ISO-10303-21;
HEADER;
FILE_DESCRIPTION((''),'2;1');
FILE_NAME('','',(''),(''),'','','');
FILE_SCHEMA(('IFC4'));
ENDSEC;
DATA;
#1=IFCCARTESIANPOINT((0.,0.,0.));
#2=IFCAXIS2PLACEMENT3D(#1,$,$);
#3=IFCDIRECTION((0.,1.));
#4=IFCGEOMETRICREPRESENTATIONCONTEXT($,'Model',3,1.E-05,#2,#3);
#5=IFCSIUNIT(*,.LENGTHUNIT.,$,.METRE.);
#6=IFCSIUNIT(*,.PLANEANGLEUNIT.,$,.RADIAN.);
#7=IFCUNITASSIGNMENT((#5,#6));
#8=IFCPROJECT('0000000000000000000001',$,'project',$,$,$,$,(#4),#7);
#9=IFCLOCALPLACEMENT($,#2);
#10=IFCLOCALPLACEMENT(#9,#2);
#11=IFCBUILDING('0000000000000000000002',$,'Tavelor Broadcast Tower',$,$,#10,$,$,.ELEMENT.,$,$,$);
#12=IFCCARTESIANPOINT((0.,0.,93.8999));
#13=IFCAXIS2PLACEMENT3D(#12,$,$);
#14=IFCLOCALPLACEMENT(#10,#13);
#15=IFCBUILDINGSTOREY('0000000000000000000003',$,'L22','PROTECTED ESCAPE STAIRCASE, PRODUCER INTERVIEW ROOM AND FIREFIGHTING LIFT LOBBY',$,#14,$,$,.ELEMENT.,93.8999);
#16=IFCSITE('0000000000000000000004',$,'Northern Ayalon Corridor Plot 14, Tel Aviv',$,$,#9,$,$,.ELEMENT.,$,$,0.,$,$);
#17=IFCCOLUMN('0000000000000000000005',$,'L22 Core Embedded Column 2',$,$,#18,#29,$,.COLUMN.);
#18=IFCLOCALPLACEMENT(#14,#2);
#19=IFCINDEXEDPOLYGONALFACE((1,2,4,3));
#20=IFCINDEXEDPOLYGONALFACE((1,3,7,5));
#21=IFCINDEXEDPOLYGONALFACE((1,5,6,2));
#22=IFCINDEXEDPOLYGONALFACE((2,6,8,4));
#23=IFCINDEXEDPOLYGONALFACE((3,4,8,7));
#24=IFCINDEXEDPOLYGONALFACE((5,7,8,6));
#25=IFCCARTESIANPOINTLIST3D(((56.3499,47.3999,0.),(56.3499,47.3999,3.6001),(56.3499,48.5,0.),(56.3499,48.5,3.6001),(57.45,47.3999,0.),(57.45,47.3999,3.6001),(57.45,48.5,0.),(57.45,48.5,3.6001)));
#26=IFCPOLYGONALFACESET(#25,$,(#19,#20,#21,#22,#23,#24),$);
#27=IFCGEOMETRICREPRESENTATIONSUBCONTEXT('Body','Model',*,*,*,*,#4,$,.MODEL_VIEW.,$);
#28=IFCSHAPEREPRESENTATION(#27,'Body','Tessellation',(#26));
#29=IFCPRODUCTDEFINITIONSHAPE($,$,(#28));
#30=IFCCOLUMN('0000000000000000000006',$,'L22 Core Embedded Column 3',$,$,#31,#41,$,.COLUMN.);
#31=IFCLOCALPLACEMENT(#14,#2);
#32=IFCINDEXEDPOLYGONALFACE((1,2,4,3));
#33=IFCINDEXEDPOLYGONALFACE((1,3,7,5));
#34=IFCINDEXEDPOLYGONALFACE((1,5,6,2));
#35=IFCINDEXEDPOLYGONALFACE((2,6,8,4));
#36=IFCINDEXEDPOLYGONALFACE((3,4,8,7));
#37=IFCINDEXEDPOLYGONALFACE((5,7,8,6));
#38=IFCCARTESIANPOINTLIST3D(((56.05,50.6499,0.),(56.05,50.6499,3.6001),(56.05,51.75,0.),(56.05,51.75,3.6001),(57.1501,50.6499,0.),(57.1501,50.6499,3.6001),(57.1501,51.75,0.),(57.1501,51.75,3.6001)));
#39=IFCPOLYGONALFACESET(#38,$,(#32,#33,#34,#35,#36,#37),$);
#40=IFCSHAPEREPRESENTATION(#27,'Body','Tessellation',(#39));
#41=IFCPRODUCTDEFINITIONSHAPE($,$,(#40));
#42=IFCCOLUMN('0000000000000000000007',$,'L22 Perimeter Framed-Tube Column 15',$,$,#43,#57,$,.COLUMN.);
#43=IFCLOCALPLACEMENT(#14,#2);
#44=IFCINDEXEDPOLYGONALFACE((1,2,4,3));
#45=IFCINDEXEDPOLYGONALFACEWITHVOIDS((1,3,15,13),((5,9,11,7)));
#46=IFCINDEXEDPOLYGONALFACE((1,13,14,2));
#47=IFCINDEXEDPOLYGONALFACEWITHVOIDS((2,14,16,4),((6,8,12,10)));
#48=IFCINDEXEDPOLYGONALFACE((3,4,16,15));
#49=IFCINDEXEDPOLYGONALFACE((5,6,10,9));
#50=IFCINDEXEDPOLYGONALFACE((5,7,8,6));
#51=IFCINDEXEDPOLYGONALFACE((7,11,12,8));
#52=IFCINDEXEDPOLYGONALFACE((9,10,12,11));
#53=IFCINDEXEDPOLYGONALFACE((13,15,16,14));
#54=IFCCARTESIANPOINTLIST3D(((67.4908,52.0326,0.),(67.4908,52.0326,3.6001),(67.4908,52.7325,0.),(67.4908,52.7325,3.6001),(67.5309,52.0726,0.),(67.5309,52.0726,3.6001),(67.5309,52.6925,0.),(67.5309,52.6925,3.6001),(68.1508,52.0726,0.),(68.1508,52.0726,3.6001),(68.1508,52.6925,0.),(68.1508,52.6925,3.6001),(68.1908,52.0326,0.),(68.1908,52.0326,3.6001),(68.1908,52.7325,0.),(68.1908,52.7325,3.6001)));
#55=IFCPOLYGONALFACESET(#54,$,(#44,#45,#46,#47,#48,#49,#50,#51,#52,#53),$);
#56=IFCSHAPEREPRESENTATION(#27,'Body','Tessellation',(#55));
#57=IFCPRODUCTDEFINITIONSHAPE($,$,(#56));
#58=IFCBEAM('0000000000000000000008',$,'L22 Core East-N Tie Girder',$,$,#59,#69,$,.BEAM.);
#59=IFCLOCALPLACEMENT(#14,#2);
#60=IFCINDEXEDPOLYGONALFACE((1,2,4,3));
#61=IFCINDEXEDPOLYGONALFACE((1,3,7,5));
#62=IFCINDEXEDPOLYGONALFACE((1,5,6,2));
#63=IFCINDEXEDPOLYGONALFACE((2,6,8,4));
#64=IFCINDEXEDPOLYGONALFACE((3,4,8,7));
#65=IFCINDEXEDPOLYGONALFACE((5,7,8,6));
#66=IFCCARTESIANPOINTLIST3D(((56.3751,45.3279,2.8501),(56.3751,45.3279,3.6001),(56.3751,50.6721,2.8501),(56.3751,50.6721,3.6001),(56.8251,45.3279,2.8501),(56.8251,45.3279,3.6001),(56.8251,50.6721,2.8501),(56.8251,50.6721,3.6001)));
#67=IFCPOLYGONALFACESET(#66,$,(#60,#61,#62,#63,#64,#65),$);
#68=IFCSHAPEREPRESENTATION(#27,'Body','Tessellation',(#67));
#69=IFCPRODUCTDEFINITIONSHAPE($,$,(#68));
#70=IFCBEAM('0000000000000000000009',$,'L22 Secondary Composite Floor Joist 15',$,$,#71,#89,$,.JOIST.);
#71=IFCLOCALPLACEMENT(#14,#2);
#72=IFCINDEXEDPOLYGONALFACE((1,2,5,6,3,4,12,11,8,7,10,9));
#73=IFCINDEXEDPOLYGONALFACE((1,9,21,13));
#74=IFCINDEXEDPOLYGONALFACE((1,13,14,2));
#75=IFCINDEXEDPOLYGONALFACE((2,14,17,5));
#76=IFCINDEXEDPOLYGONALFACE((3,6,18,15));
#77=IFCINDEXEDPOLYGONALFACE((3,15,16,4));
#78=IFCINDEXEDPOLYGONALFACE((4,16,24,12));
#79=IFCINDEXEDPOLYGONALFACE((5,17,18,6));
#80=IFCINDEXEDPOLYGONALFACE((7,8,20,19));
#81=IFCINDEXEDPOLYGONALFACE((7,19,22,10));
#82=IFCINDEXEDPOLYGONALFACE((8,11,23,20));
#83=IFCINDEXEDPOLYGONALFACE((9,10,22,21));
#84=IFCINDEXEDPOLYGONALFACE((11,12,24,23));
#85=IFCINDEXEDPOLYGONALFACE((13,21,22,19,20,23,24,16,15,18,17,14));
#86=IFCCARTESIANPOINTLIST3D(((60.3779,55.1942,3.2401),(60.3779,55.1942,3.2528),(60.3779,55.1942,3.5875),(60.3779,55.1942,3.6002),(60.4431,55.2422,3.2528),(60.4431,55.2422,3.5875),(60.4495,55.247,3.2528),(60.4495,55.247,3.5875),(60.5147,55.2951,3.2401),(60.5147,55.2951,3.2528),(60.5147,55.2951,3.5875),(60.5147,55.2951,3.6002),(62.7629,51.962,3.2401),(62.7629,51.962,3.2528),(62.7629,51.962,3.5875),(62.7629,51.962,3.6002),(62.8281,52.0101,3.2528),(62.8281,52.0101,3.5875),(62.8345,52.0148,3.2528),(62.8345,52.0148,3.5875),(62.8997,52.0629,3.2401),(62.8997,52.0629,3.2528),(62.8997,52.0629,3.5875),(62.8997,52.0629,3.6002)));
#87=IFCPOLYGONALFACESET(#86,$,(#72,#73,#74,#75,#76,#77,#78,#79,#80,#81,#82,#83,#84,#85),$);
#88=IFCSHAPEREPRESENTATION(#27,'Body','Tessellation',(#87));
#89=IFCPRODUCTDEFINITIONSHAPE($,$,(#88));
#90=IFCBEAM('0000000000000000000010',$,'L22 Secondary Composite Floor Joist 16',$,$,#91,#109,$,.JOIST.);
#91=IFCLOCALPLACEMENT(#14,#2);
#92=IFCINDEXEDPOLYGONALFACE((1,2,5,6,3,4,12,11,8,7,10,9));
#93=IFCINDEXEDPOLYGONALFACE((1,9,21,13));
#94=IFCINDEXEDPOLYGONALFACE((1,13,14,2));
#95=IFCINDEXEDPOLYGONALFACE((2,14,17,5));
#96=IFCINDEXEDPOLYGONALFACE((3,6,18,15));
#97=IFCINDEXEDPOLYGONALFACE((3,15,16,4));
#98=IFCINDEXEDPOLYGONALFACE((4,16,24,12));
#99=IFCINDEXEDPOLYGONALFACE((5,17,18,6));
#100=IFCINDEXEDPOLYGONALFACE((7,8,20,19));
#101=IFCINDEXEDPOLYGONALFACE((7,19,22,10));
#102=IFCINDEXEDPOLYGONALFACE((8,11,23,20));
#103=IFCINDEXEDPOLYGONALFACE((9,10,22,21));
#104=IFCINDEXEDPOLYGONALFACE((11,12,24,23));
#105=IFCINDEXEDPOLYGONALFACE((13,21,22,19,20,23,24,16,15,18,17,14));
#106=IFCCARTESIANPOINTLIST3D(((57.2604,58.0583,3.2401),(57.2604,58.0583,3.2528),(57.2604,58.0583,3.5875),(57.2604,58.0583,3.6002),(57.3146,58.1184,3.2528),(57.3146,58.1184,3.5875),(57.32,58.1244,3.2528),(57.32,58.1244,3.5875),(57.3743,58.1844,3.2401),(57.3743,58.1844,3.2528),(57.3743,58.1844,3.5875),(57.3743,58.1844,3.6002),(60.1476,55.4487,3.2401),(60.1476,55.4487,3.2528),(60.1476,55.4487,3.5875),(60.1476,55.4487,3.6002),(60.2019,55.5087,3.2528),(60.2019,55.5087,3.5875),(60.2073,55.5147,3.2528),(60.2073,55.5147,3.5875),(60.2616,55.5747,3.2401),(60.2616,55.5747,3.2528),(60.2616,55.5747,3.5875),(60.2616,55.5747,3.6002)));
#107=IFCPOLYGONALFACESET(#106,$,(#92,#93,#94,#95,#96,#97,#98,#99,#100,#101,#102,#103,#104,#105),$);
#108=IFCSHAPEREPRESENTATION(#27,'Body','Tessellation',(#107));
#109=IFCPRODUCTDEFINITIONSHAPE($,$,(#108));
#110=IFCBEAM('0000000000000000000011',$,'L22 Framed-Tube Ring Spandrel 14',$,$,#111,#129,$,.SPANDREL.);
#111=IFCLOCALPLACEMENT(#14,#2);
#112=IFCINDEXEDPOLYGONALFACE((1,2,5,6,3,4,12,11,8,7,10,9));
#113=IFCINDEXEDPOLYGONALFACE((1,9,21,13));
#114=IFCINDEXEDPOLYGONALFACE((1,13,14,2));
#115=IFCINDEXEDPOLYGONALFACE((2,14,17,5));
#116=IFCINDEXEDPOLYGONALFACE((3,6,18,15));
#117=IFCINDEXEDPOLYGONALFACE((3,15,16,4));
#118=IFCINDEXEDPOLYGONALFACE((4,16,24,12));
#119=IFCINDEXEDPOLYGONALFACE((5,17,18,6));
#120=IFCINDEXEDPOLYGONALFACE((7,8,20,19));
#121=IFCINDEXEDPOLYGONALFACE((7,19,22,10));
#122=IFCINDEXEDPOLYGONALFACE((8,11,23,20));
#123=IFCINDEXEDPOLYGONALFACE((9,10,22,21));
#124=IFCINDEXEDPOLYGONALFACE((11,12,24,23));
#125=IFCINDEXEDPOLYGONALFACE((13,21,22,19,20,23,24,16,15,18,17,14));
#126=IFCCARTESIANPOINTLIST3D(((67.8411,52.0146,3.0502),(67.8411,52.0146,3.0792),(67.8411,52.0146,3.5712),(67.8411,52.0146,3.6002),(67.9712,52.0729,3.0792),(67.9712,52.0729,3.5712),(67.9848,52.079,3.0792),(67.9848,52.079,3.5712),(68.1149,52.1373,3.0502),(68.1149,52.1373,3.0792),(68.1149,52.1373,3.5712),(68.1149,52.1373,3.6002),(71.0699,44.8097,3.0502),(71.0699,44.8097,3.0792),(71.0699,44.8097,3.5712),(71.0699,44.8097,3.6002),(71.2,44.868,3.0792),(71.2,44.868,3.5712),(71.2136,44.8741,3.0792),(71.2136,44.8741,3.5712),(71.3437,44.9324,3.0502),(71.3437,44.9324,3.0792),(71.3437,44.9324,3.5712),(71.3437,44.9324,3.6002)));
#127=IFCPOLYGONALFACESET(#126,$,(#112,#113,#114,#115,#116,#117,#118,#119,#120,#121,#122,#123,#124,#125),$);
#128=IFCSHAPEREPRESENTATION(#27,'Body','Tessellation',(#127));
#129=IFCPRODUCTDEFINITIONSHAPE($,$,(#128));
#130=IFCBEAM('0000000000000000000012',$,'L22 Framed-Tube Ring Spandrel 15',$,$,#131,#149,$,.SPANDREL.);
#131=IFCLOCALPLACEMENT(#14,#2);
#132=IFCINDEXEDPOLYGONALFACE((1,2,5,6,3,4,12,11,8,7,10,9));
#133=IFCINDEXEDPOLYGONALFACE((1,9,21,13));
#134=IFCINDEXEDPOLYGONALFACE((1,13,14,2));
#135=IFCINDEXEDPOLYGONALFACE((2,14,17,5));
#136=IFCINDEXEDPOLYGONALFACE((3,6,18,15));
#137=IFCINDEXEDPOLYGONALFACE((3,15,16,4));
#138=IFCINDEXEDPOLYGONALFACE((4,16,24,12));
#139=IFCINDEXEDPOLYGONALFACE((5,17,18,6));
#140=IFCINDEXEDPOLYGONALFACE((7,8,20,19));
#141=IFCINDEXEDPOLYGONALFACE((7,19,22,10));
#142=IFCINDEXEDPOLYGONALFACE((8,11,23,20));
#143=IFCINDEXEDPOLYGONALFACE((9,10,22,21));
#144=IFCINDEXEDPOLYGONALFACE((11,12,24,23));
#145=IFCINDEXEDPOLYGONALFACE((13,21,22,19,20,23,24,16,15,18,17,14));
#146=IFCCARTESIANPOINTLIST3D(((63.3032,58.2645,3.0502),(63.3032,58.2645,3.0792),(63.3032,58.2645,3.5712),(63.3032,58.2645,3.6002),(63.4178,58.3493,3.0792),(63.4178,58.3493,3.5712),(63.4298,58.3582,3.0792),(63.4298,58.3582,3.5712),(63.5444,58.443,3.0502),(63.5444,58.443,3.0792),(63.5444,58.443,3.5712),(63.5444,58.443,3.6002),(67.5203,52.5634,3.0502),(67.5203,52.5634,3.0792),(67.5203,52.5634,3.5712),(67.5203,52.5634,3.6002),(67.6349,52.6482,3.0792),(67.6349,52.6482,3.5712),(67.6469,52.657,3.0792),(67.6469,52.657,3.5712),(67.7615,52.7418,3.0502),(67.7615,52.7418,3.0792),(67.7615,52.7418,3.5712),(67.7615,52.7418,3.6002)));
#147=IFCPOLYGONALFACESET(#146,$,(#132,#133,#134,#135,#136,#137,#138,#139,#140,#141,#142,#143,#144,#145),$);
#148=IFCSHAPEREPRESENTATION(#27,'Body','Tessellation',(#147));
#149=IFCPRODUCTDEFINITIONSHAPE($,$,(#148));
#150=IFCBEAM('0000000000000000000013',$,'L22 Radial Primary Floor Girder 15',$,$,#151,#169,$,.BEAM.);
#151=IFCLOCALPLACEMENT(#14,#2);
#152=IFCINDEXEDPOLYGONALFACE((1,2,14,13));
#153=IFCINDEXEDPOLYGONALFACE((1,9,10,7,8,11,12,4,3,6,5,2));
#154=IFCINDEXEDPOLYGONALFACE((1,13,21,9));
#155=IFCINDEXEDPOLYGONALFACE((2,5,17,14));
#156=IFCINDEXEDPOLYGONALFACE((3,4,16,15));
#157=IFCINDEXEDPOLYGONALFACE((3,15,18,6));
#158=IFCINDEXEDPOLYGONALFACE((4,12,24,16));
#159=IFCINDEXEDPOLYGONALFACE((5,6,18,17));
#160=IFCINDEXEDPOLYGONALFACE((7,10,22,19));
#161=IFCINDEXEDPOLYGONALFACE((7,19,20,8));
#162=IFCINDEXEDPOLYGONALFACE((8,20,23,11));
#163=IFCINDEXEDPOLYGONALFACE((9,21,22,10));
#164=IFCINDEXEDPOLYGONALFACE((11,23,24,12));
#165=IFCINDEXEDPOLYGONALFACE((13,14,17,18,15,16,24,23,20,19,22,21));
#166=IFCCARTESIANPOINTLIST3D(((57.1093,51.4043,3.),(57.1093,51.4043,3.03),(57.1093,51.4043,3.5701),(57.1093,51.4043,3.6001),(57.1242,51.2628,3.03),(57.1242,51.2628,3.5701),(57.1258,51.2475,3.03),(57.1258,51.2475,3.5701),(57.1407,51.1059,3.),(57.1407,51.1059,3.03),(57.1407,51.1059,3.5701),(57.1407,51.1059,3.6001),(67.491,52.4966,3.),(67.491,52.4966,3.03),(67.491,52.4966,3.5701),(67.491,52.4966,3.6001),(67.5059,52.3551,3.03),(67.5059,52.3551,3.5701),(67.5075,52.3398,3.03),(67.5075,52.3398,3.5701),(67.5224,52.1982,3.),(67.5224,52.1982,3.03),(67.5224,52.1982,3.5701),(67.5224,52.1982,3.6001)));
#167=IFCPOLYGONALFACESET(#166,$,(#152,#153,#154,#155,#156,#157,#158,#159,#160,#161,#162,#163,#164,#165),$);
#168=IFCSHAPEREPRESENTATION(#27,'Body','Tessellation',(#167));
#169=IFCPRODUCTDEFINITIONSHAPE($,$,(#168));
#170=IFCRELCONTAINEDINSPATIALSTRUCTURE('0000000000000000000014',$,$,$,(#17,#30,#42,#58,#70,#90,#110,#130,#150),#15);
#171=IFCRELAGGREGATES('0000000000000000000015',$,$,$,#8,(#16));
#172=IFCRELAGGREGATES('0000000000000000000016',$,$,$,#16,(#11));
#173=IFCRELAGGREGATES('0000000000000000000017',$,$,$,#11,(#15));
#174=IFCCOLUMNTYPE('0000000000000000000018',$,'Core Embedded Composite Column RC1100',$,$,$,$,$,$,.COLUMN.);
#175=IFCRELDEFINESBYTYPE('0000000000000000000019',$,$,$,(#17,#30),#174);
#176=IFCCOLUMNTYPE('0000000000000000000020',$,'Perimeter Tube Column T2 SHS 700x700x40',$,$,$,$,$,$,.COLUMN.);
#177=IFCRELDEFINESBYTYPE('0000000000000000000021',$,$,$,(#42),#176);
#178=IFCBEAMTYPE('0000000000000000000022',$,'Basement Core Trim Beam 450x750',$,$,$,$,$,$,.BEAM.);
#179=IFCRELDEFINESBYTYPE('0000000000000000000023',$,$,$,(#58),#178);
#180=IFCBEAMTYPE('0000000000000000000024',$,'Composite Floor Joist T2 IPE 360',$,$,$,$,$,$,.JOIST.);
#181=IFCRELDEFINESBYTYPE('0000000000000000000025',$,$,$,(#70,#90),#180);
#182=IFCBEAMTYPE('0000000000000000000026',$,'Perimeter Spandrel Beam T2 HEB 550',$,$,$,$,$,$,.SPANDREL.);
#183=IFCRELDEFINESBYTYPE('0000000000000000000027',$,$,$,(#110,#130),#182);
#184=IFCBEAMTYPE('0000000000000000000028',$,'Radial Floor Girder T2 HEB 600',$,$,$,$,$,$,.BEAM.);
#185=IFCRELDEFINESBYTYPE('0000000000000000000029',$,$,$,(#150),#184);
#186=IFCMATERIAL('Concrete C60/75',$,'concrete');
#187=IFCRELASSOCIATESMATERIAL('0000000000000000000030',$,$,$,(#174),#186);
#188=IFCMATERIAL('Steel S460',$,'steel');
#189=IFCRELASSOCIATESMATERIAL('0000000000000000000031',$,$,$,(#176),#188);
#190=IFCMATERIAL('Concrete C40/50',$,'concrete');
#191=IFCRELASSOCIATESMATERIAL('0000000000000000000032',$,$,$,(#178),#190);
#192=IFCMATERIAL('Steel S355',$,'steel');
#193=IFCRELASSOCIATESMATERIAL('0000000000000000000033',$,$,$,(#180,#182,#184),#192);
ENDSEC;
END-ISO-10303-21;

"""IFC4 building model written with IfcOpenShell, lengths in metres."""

from ifc_helpers import new_model, si_unit, direction, frame, origin, origin_2d, place, context, subcontext, project, spatial, rectangle, hollow_rectangle, i_section, extrude, material, material_profile, profile_set, type_object, element, save


model = new_model("IFC4")

# Units and contexts
model_context = context("Model", 3, precision=1e-05, world=origin(), true_north=direction((0.0, 1.0)))
body_context = subcontext(model_context, "Body", "Model", "MODEL_VIEW")
ifc_project = project(units=[si_unit("LENGTHUNIT", "METRE"), si_unit("PLANEANGLEUNIT", "RADIAN")], contexts=[model_context])

# Site, building, storey
site_placement = place(None, origin())
site = spatial("IfcSite", under=ifc_project, at=site_placement, Name="Northern Ayalon Corridor Plot 14, Tel Aviv", CompositionType="ELEMENT", RefElevation=0.0)
building_placement = place(site_placement, origin())
building = spatial("IfcBuilding", under=site, at=building_placement, Name="Tavelor Broadcast Tower", CompositionType="ELEMENT")
storey_placement = place(building_placement, frame((0.0, 0.0, 93.8999)))
storey = spatial("IfcBuildingStorey", under=building, at=storey_placement, Name="L22", Description="PROTECTED ESCAPE STAIRCASE, PRODUCER INTERVIEW ROOM AND FIREFIGHTING LIFT LOBBY", CompositionType="ELEMENT", Elevation=93.8999)

# Columns
ifc_material_1 = material(Name="Concrete C60/75", Category="concrete")
ifc_material_profile_1 = material_profile(ifc_material_1, rectangle(XDim=1.1001, YDim=1.1001, at=origin_2d()), Name="RC 1100x1100")
ifc_profile_set_1 = profile_set([ifc_material_profile_1], Name="Concrete C60/75")
column_type_1 = type_object("IfcColumnType", Name="Core Embedded Composite Column RC1100", PredefinedType="COLUMN", material=ifc_profile_set_1)
for number, where, z_axis, x_axis, name in (
    (1, (56.8999, 47.95, 0.0), (0.0, 0.0, 1.0), (1.0, 0.0, 0.0), "L22 Core Embedded Column 2"),
    (2, (56.6001, 51.2, 0.0), (0.0, 0.0, 1.0), (1.0, 0.0, 0.0), "L22 Core Embedded Column 3"),
):
    element("IfcColumn", number, at=place(storey_placement, frame(where, z_axis=z_axis, x_axis=x_axis)), inside=storey, type_object=column_type_1, Name=name, PredefinedType="COLUMN", context=body_context, shape_type="SweptSolid", body=[
        extrude(rectangle(XDim=1.1001, YDim=1.1001, at=origin_2d()), origin(), (0.0, 0.0, 1.0), 3.6001),
    ])
ifc_material_2 = material(Name="Steel S460", Category="steel")
ifc_material_profile_2 = material_profile(ifc_material_2, hollow_rectangle(XDim=0.7, YDim=0.7, WallThickness=0.04, at=origin_2d()), Name="SHS 700x700x40")
ifc_profile_set_2 = profile_set([ifc_material_profile_2], Name="Steel S460")
column_type_2 = type_object("IfcColumnType", Name="Perimeter Tube Column T2 SHS 700x700x40", PredefinedType="COLUMN", material=ifc_profile_set_2)
column_placement = place(storey_placement, frame((67.8408, 52.3826, 0.0), z_axis=(0.0, 0.0, 1.0), x_axis=(1.0, 0.0, 0.0)))
element("IfcColumn", 3, at=column_placement, inside=storey, type_object=column_type_2, Name="L22 Perimeter Framed-Tube Column 15", PredefinedType="COLUMN", context=body_context, shape_type="SweptSolid", body=[
    extrude(hollow_rectangle(XDim=0.7, YDim=0.7, WallThickness=0.04, at=origin_2d()), origin(), (0.0, 0.0, 1.0), 3.6001),
])

# Beams
ifc_material_3 = material(Name="Concrete C40/50", Category="concrete")
ifc_material_profile_3 = material_profile(ifc_material_3, rectangle(XDim=0.45, YDim=0.75, at=origin_2d()), Name="RC 450x750")
ifc_profile_set_3 = profile_set([ifc_material_profile_3], Name="Concrete C40/50")
beam_type_1 = type_object("IfcBeamType", Name="Basement Core Trim Beam 450x750", PredefinedType="BEAM", material=ifc_profile_set_3)
beam_1_placement = place(storey_placement, frame((56.6001, 45.3279, 3.2251), z_axis=(0.0, 1.0, 0.0), x_axis=(-1.0, 0.0, 0.0)))
element("IfcBeam", 4, at=beam_1_placement, inside=storey, type_object=beam_type_1, Name="L22 Core East-N Tie Girder", PredefinedType="BEAM", context=body_context, shape_type="SweptSolid", body=[
    extrude(rectangle(XDim=0.45, YDim=0.75, at=origin_2d()), origin(), (0.0, 0.0, 1.0), 5.3442),
])
ifc_material_4 = material(Name="Steel S355", Category="steel")
ifc_material_profile_4 = material_profile(ifc_material_4, i_section(OverallWidth=0.1699, OverallDepth=0.3601, WebThickness=0.0081, FlangeThickness=0.0127, at=origin_2d()), Name="IPE 360")
ifc_profile_set_4 = profile_set([ifc_material_profile_4], Name="Steel S355")
beam_type_2 = type_object("IfcBeamType", Name="Composite Floor Joist T2 IPE 360", PredefinedType="JOIST", material=ifc_profile_set_4)
beam_2_placement = place(storey_placement, frame((62.8313, 52.0125, 3.4202), z_axis=(-0.593748, 0.804651, 0.0), x_axis=(-0.804651, -0.593748, 0.0)))
element("IfcBeam", 5, at=beam_2_placement, inside=storey, type_object=beam_type_2, Name="L22 Secondary Composite Floor Joist 15", PredefinedType="JOIST", context=body_context, shape_type="SweptSolid", body=[
    extrude(i_section(OverallWidth=0.1699, OverallDepth=0.3601, WebThickness=0.0081, FlangeThickness=0.0127, at=origin_2d()), origin(), (0.0, 0.0, 1.0), 4.0168),
])
beam_3_placement = place(storey_placement, frame((60.2046, 55.5117, 3.4202), z_axis=(-0.74187, 0.670544, 0.0), x_axis=(-0.670544, -0.74187, 0.0)))
element("IfcBeam", 6, at=beam_3_placement, inside=storey, type_object=beam_type_2, Name="L22 Secondary Composite Floor Joist 16", PredefinedType="JOIST", context=body_context, shape_type="SweptSolid", body=[
    extrude(i_section(OverallWidth=0.1699, OverallDepth=0.3601, WebThickness=0.0081, FlangeThickness=0.0127, at=origin_2d()), origin(), (0.0, 0.0, 1.0), 3.8918),
])
ifc_material_profile_5 = material_profile(ifc_material_4, i_section(OverallWidth=0.3, OverallDepth=0.55, WebThickness=0.0149, FlangeThickness=0.0291, at=origin_2d()), Name="HEB 550")
ifc_profile_set_5 = profile_set([ifc_material_profile_5], Name="Steel S355")
beam_type_3 = type_object("IfcBeamType", Name="Perimeter Spandrel Beam T2 HEB 550", PredefinedType="SPANDREL", material=ifc_profile_set_5)
beam_4_placement = place(storey_placement, frame((71.2068, 44.8711, 3.3252), z_axis=(-0.408951, 0.912556, 0.0), x_axis=(-0.912556, -0.408951, 0.0)))
element("IfcBeam", 7, at=beam_4_placement, inside=storey, type_object=beam_type_3, Name="L22 Framed-Tube Ring Spandrel 14", PredefinedType="SPANDREL", context=body_context, shape_type="SweptSolid", body=[
    extrude(i_section(OverallWidth=0.3, OverallDepth=0.55, WebThickness=0.0149, FlangeThickness=0.0291, at=origin_2d()), origin(), (0.0, 0.0, 1.0), 7.8953),
])
beam_5_placement = place(storey_placement, frame((67.6409, 52.6526, 3.3252), z_axis=(-0.594677, 0.803965, 0.0), x_axis=(-0.803965, -0.594677, 0.0)))
element("IfcBeam", 8, at=beam_5_placement, inside=storey, type_object=beam_type_3, Name="L22 Framed-Tube Ring Spandrel 15", PredefinedType="SPANDREL", context=body_context, shape_type="SweptSolid", body=[
    extrude(i_section(OverallWidth=0.3, OverallDepth=0.55, WebThickness=0.0149, FlangeThickness=0.0291, at=origin_2d()), origin(), (0.0, 0.0, 1.0), 7.0913),
])
ifc_material_profile_6 = material_profile(ifc_material_4, i_section(OverallWidth=0.3, OverallDepth=0.6001, WebThickness=0.0154, FlangeThickness=0.03, at=origin_2d()), Name="HEB 600")
ifc_profile_set_6 = profile_set([ifc_material_profile_6], Name="Steel S355")
beam_type_4 = type_object("IfcBeamType", Name="Radial Floor Girder T2 HEB 600", PredefinedType="BEAM", material=ifc_profile_set_6)
beam_6_placement = place(storey_placement, frame((57.125, 51.2551, 3.3), z_axis=(0.994511, 0.104636, 0.0), x_axis=(-0.104636, 0.994511, 0.0)))
element("IfcBeam", 9, at=beam_6_placement, inside=storey, type_object=beam_type_4, Name="L22 Radial Primary Floor Girder 15", PredefinedType="BEAM", context=body_context, shape_type="SweptSolid", body=[
    extrude(i_section(OverallWidth=0.3, OverallDepth=0.6001, WebThickness=0.0154, FlangeThickness=0.03, at=origin_2d()), origin(), (0.0, 0.0, 1.0), 10.439),
])

save(model, "model.ifc")
